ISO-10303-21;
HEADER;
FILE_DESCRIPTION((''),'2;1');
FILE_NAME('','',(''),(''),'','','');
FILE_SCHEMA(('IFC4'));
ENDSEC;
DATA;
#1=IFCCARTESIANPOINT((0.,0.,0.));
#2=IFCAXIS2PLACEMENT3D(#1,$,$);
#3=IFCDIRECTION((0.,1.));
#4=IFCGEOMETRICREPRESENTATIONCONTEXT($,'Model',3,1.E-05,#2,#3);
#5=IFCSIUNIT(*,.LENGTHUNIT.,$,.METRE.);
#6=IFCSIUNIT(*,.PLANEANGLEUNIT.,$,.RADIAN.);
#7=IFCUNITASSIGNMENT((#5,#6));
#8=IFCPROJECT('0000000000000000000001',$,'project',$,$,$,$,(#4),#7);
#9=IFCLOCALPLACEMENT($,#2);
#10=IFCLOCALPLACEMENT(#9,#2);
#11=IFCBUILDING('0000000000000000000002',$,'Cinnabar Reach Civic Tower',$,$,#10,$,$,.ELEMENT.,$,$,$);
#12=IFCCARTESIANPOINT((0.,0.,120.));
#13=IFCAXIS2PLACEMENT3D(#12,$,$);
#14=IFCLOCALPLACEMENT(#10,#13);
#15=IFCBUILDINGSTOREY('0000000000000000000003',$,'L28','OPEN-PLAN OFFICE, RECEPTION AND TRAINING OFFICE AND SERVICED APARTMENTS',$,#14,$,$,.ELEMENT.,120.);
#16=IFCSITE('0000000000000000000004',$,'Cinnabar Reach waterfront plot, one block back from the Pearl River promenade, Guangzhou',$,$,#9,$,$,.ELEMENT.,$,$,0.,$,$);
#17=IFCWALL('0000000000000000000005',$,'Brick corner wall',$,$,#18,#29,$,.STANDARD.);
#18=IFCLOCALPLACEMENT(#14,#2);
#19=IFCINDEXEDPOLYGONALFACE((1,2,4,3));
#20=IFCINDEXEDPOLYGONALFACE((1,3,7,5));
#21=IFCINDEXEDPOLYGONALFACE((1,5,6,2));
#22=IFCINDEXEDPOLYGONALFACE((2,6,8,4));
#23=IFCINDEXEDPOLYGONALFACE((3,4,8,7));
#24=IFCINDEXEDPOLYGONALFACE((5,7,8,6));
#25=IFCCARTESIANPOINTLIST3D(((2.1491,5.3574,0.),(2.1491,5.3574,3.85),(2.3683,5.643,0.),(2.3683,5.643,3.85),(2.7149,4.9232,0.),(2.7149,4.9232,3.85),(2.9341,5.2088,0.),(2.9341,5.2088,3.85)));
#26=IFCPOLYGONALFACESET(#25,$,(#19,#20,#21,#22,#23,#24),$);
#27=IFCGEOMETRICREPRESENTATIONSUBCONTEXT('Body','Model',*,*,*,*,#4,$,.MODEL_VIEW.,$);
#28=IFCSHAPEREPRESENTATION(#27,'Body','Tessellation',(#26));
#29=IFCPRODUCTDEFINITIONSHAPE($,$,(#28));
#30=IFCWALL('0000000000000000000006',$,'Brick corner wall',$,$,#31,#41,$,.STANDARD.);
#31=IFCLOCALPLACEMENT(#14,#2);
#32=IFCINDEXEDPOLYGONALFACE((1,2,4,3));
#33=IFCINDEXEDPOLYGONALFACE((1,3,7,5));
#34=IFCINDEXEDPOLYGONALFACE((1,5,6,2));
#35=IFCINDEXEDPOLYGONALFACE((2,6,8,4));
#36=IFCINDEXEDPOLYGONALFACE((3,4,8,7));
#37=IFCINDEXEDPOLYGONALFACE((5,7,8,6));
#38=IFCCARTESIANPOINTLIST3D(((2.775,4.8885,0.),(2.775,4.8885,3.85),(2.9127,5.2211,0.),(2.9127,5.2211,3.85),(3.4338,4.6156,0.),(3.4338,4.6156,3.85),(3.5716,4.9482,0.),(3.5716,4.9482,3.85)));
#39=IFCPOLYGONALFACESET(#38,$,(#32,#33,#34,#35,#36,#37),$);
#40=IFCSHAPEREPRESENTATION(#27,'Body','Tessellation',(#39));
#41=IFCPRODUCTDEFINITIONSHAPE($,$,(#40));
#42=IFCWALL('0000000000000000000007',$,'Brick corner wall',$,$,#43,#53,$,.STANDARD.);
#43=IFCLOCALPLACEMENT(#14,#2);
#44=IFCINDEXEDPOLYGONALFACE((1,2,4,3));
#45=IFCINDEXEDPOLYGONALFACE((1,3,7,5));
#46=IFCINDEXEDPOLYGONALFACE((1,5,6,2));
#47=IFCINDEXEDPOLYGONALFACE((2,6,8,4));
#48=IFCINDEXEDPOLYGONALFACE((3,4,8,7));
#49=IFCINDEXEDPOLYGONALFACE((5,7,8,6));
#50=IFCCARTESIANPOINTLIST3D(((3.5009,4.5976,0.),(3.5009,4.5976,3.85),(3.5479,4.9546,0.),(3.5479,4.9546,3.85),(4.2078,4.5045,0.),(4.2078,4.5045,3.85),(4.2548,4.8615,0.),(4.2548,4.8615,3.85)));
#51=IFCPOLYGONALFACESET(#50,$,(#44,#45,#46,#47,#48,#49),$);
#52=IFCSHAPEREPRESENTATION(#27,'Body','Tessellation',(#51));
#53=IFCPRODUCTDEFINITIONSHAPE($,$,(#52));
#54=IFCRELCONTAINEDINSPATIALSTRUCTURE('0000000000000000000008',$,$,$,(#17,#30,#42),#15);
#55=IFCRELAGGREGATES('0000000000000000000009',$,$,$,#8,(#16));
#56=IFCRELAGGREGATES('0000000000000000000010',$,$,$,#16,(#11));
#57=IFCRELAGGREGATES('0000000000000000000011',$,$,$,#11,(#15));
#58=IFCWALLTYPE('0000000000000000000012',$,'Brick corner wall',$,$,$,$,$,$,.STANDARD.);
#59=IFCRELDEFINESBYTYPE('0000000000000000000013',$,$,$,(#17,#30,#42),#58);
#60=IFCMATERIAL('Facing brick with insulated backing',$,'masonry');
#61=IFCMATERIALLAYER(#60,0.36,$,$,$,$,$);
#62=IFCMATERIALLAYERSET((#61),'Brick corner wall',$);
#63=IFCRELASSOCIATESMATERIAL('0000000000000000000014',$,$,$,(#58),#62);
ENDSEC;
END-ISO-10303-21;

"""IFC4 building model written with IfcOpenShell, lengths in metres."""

from ifc_helpers import new_model, si_unit, direction, frame, frame_2d, origin, place, context, subcontext, project, spatial, rectangle, extrude, material, layer, layer_set, type_object, element, save


model = new_model("IFC4")

# Units and contexts
model_context = context("Model", 3, precision=1e-05, world=origin(), true_north=direction((0.0, 1.0)))
body_context = subcontext(model_context, "Body", "Model", "MODEL_VIEW")
ifc_project = project(units=[si_unit("LENGTHUNIT", "METRE"), si_unit("PLANEANGLEUNIT", "RADIAN")], contexts=[model_context])

# Site, building, storey
site_placement = place(None, origin())
site = spatial("IfcSite", under=ifc_project, at=site_placement, Name="Cinnabar Reach waterfront plot, one block back from the Pearl River promenade, Guangzhou", CompositionType="ELEMENT", RefElevation=0.0)
building_placement = place(site_placement, origin())
building = spatial("IfcBuilding", under=site, at=building_placement, Name="Cinnabar Reach Civic Tower", CompositionType="ELEMENT")
storey_placement = place(building_placement, frame((0.0, 0.0, 120.0)))
storey = spatial("IfcBuildingStorey", under=building, at=storey_placement, Name="L28", Description="OPEN-PLAN OFFICE, RECEPTION AND TRAINING OFFICE AND SERVICED APARTMENTS", CompositionType="ELEMENT", Elevation=120.0)

# Walls
ifc_material_1 = material(Name="Facing brick with insulated backing", Category="masonry")
ifc_layer_1 = layer(ifc_material_1, 0.36)
ifc_layer_set_1 = layer_set([ifc_layer_1], Name="Brick corner wall")
wall_type_1 = type_object("IfcWallType", Name="Brick corner wall", PredefinedType="STANDARD", material=ifc_layer_set_1)
wall_1_placement = place(storey_placement, frame((2.2587, 5.5002, 0.0), z_axis=(0.0, 0.0, 1.0), x_axis=(0.793322, -0.608802, 0.0)))
element("IfcWall", 1, at=wall_1_placement, inside=storey, type_object=wall_type_1, Name="Brick corner wall", PredefinedType="STANDARD", context=body_context, shape_type="SweptSolid", body=[
    extrude(rectangle(XDim=0.7132, YDim=0.36, at=frame_2d((0.3566, 0.0))), origin(), (0.0, 0.0, 1.0), 3.85),
])
for number, where, z_axis, x_axis, name in (
    (2, (2.8439, 5.0548, 0.0), (0.0, 0.0, 1.0), (0.923872, -0.382703, 0.0), "Brick corner wall"),
    (3, (3.5244, 4.7761, 0.0), (0.0, 0.0, 1.0), (0.991441, -0.130556, 0.0), "Brick corner wall"),
):
    element("IfcWall", number, at=place(storey_placement, frame(where, z_axis=z_axis, x_axis=x_axis)), inside=storey, type_object=wall_type_1, Name=name, PredefinedType="STANDARD", context=body_context, shape_type="SweptSolid", body=[
        extrude(rectangle(XDim=0.7131, YDim=0.36, at=frame_2d((0.3565, 0.0))), origin(), (0.0, 0.0, 1.0), 3.85),
    ])

save(model, "model.ifc")
